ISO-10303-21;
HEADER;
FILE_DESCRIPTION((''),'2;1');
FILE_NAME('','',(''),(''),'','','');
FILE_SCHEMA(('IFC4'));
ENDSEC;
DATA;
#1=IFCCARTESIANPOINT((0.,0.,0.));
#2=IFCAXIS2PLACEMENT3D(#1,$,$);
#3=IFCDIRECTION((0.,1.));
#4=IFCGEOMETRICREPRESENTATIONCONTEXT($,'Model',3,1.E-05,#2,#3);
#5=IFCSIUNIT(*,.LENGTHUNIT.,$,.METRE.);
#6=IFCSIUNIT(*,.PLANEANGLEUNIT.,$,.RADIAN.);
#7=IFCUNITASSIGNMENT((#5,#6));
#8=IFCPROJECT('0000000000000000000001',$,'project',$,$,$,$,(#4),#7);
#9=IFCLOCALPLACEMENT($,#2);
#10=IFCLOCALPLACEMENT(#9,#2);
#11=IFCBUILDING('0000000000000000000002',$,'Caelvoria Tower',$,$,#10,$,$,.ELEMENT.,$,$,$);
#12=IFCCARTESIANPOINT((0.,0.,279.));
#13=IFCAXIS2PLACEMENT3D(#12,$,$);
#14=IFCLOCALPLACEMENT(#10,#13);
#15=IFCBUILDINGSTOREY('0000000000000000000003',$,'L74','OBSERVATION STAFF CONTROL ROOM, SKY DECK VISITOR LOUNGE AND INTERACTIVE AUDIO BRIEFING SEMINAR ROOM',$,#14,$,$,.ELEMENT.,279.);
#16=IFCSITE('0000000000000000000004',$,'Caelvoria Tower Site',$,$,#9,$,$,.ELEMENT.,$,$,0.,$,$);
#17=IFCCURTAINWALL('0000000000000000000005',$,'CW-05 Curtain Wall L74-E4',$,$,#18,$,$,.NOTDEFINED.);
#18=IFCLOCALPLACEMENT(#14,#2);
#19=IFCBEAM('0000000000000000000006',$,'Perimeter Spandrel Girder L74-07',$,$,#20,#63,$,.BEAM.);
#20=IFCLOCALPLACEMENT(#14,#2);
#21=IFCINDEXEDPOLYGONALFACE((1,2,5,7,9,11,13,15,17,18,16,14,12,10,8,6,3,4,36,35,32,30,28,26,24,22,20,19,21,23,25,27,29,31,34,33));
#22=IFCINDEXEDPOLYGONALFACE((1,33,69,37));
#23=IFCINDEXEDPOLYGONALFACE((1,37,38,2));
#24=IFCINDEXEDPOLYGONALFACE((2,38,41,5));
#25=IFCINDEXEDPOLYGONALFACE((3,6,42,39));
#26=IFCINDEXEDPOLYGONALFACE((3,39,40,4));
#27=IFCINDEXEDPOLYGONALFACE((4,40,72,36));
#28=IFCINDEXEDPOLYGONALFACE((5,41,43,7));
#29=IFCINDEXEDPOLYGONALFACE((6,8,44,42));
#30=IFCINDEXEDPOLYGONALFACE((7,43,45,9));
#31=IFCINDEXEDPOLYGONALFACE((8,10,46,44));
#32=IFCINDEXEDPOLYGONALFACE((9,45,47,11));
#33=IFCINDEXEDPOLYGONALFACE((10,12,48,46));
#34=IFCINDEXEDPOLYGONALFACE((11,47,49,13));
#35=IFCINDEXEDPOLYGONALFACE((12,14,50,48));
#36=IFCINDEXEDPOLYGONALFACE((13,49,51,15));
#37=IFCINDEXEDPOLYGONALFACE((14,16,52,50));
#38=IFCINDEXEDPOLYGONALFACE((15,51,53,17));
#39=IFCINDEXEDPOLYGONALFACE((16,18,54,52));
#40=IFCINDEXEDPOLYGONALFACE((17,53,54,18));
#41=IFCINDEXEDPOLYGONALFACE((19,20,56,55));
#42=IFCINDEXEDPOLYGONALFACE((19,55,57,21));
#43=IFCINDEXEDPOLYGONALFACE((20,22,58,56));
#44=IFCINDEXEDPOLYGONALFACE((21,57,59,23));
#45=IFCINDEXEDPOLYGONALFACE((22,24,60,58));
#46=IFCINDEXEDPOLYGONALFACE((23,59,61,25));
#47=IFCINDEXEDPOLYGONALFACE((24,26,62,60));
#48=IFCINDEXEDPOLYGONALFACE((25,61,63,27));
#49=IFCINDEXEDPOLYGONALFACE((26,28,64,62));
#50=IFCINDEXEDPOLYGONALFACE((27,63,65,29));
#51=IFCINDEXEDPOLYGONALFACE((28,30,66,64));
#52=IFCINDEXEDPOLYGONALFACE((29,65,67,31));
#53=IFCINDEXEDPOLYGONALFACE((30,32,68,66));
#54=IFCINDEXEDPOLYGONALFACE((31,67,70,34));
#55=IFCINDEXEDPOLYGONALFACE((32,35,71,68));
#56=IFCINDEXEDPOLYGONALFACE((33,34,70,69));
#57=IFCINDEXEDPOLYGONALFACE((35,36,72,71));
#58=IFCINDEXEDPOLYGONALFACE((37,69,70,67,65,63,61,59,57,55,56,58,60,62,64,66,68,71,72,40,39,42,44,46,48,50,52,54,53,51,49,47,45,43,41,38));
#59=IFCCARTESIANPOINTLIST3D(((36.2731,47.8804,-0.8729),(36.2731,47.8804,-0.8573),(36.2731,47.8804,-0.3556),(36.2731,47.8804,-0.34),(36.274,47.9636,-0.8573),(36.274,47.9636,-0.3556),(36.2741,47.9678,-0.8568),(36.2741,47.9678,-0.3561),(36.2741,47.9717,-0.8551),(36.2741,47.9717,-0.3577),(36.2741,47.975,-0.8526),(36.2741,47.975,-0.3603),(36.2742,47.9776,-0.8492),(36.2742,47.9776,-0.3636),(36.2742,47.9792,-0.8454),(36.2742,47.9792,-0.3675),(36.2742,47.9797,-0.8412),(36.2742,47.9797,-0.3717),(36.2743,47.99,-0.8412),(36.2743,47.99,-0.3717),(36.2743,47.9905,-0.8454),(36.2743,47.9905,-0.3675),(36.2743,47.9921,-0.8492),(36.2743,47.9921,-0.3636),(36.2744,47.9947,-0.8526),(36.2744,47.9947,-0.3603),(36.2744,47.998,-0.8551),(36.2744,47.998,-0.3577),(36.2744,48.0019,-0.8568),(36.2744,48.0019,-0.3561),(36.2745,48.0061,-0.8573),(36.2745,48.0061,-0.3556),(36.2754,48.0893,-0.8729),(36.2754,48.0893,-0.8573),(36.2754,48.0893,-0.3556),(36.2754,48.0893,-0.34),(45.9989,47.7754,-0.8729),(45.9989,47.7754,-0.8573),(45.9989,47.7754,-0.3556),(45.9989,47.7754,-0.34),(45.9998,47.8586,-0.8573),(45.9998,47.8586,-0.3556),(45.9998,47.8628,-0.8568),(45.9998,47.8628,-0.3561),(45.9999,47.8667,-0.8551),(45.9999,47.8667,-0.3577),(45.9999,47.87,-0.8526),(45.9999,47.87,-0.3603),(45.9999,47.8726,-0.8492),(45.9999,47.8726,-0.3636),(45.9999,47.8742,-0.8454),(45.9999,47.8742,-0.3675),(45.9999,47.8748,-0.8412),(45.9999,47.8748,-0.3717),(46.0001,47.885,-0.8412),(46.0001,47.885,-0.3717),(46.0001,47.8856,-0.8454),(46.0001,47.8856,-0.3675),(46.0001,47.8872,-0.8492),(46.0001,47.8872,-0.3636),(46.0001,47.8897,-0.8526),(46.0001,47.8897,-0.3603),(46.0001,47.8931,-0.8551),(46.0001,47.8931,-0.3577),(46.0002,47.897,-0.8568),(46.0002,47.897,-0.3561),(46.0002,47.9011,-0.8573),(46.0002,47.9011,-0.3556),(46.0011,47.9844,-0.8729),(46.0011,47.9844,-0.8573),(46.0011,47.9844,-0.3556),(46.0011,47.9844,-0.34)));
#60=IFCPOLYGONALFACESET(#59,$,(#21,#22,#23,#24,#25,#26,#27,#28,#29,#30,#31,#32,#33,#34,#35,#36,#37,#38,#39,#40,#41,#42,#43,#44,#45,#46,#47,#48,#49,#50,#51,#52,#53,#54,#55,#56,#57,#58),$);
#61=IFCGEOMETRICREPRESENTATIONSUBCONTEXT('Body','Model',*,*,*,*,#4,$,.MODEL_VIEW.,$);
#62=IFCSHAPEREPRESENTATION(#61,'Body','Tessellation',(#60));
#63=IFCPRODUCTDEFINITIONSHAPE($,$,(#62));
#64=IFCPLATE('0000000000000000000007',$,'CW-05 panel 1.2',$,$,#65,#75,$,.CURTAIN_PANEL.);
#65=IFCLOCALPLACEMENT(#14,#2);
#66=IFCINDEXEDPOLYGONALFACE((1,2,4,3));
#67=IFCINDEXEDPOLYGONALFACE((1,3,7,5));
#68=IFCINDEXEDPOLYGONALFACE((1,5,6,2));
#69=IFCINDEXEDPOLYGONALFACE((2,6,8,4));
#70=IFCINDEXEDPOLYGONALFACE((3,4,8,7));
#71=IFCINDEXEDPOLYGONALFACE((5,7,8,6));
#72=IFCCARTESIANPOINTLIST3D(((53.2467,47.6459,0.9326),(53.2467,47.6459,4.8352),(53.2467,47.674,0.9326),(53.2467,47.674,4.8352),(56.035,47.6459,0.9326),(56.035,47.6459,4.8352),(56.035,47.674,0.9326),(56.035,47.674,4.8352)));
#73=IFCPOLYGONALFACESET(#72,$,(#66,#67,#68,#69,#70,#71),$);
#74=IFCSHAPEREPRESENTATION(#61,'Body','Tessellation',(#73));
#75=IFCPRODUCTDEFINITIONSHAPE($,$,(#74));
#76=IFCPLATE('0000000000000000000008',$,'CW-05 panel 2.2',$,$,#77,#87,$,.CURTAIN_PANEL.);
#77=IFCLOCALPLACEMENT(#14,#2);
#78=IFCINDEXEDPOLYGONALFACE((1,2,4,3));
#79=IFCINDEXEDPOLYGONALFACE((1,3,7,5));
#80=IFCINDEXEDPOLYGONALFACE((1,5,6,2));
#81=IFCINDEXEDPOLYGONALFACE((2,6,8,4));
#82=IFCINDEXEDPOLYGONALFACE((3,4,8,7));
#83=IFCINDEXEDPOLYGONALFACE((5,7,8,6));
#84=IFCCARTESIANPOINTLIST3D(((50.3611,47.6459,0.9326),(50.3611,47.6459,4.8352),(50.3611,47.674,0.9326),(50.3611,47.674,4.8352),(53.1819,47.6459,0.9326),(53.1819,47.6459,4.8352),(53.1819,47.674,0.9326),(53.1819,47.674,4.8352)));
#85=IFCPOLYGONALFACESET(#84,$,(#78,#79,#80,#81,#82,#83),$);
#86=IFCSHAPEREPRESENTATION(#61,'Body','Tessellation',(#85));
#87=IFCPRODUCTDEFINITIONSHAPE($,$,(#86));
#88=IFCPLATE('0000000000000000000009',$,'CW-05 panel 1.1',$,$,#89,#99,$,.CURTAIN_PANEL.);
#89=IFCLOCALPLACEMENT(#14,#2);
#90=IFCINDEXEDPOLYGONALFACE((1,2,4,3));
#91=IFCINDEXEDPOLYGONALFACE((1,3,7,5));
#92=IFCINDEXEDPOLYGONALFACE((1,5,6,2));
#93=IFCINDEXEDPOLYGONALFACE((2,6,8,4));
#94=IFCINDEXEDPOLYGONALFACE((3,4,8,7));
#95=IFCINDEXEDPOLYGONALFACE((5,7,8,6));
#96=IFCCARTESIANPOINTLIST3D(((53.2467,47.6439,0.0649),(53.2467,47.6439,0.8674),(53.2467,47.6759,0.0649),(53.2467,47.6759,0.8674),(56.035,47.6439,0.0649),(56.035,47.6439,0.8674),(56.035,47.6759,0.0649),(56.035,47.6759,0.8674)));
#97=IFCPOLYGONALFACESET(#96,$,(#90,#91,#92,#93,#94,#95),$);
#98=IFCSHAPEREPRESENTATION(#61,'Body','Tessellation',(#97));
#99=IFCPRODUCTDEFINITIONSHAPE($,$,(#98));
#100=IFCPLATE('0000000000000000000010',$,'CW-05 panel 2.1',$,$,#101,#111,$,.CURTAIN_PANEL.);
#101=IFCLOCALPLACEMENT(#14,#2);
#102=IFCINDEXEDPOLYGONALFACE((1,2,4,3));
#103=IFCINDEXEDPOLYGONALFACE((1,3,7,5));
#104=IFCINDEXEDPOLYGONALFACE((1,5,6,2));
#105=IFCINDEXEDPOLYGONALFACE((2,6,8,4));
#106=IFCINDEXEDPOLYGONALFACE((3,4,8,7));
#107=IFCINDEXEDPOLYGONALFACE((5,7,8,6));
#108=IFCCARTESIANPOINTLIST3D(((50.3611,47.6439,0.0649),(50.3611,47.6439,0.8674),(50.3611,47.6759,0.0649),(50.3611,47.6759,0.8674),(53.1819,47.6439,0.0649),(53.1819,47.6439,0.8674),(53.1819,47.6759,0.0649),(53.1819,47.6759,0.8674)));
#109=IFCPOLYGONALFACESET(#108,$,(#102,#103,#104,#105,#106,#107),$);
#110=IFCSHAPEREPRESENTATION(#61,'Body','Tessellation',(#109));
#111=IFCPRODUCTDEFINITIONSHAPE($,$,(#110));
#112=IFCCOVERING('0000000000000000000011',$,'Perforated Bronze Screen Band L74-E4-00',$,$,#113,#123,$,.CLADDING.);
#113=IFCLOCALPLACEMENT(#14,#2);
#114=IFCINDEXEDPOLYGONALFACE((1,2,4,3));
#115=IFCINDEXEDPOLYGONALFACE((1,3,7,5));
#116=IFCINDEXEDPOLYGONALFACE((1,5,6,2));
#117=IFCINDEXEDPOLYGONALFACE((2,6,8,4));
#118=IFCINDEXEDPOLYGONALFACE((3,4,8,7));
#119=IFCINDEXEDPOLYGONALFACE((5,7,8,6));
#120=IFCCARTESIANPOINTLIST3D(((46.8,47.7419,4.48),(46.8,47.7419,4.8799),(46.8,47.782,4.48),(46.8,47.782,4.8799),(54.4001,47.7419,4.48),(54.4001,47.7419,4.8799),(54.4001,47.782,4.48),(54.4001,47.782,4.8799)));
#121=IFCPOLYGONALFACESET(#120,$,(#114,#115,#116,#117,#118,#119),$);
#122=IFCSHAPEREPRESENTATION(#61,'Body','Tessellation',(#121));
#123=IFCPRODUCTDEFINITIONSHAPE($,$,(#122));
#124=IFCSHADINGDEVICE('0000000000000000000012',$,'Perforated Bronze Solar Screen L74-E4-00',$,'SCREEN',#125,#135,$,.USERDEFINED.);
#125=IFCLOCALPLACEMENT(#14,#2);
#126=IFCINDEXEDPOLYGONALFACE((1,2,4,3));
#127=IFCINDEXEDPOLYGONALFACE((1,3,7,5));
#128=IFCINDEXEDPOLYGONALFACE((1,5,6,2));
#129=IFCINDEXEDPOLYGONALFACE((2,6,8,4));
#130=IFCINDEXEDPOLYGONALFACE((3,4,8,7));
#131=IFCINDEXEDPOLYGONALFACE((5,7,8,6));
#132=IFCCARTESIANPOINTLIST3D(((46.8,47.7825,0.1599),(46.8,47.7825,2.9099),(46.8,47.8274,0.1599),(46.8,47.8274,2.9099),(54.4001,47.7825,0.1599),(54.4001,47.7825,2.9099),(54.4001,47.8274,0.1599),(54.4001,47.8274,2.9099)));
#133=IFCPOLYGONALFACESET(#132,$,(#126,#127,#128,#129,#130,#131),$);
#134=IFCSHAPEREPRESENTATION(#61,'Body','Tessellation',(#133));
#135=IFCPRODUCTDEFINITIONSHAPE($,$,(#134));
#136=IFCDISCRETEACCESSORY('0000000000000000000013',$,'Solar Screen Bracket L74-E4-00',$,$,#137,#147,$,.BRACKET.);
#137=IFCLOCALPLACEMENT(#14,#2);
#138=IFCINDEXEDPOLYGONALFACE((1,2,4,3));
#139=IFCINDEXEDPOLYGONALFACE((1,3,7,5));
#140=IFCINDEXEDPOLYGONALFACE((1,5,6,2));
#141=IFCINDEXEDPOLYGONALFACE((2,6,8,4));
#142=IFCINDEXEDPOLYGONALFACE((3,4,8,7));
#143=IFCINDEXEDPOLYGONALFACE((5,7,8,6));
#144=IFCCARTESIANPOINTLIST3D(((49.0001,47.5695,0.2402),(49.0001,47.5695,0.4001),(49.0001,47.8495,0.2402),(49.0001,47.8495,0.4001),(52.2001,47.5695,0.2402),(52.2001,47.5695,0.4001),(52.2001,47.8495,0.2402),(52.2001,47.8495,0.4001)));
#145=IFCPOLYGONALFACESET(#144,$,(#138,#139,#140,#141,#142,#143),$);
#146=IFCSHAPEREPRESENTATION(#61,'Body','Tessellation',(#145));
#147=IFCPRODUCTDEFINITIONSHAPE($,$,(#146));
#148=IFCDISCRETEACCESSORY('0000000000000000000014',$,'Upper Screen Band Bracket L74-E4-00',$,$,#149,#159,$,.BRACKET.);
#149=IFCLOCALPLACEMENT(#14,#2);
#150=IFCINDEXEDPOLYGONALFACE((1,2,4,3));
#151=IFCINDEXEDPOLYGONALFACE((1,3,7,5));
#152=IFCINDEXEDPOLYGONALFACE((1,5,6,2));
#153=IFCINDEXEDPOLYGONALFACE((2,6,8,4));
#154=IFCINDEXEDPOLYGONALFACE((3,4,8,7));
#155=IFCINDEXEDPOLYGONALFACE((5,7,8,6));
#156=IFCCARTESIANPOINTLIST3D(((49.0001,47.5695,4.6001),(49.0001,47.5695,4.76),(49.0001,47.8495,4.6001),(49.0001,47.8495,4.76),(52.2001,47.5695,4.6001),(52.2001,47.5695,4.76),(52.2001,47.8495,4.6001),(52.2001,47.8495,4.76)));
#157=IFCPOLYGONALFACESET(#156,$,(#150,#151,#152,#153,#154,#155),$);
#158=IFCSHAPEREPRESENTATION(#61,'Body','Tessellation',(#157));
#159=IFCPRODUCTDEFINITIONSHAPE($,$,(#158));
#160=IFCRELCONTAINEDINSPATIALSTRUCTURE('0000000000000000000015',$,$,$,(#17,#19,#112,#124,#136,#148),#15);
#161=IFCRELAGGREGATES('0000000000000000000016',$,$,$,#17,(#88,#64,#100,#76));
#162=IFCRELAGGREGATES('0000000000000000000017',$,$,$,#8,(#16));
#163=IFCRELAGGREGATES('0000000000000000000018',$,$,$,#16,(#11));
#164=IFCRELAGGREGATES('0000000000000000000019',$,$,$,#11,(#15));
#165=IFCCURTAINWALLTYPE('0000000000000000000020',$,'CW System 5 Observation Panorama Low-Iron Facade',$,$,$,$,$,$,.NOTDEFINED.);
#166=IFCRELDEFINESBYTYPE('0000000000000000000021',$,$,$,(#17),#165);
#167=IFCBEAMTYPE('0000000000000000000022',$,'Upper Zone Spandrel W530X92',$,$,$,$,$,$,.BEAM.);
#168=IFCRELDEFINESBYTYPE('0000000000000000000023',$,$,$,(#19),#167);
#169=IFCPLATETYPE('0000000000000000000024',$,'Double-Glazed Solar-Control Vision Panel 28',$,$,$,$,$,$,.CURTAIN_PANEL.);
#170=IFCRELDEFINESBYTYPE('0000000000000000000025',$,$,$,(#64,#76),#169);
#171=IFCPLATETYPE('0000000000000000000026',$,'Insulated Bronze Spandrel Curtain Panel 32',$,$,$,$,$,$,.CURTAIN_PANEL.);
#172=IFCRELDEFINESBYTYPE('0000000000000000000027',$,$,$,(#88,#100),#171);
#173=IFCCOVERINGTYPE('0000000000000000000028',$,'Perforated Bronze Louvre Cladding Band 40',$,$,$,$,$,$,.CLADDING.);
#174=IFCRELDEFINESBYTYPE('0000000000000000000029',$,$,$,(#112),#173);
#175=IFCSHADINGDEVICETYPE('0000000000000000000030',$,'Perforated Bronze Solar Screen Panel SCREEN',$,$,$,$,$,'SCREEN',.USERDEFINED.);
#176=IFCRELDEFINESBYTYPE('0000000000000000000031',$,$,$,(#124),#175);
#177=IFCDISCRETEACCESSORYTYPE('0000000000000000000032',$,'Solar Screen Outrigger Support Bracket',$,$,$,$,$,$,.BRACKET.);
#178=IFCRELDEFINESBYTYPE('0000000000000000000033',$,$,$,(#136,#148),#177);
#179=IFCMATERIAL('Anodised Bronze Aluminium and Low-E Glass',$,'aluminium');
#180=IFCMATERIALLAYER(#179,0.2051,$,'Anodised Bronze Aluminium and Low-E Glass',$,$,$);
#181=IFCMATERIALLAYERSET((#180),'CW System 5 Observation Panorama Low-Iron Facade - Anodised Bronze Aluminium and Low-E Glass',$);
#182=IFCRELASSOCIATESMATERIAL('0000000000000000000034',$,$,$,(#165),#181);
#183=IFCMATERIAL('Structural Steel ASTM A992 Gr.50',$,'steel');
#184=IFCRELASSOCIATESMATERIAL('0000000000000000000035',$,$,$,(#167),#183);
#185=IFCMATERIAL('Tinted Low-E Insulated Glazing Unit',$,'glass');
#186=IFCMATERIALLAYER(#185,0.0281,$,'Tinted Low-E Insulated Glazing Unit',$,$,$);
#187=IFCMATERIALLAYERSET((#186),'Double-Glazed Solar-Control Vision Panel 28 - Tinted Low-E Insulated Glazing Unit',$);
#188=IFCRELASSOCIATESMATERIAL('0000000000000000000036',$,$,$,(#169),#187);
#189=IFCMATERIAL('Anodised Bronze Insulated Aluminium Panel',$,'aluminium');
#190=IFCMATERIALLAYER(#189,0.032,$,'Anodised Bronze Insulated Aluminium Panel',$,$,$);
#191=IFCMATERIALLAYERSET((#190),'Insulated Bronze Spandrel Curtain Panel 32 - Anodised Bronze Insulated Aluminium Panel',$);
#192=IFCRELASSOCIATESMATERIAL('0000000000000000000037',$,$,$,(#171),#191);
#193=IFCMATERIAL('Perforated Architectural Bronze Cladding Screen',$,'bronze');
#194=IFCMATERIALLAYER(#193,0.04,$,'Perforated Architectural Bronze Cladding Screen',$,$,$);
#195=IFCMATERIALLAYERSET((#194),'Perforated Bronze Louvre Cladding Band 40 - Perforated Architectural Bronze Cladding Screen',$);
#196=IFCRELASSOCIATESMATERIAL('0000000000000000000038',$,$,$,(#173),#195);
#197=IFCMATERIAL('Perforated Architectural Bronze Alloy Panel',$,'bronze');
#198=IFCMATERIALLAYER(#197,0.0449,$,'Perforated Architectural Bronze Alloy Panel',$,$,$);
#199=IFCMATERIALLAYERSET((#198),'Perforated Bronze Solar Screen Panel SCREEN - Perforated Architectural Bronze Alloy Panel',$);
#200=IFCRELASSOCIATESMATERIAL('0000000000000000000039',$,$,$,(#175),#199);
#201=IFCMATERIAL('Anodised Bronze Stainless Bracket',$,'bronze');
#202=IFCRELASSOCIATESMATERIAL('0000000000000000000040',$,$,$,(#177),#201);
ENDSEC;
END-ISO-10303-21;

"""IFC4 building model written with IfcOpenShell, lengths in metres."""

from ifc_helpers import new_model, si_unit, direction, frame, origin, origin_2d, place, context, subcontext, project, spatial, rectangle, i_section, extrude, material, layer, layer_set, material_profile, profile_set, type_object, element, aggregate, save


model = new_model("IFC4")

# Units and contexts
model_context = context("Model", 3, precision=1e-05, world=origin(), true_north=direction((0.0, 1.0)))
body_context = subcontext(model_context, "Body", "Model", "MODEL_VIEW")
ifc_project = project(units=[si_unit("LENGTHUNIT", "METRE"), si_unit("PLANEANGLEUNIT", "RADIAN")], contexts=[model_context])

# Site, building, storey
site_placement = place(None, origin())
site = spatial("IfcSite", under=ifc_project, at=site_placement, Name="Caelvoria Tower Site", CompositionType="ELEMENT", RefElevation=0.0)
building_placement = place(site_placement, origin())
building = spatial("IfcBuilding", under=site, at=building_placement, Name="Caelvoria Tower", CompositionType="ELEMENT")
storey_placement = place(building_placement, frame((0.0, 0.0, 279.0)))
storey = spatial("IfcBuildingStorey", under=building, at=storey_placement, Name="L74", Description="OBSERVATION STAFF CONTROL ROOM, SKY DECK VISITOR LOUNGE AND INTERACTIVE AUDIO BRIEFING SEMINAR ROOM", CompositionType="ELEMENT", Elevation=279.0)

# Shared definitions
ifc_material_1 = material(Name="Structural Steel ASTM A992 Gr.50", Category="steel")

# Shared definitions
ifc_material_2 = material(Name="Anodised Bronze Aluminium and Low-E Glass", Category="aluminium")
ifc_layer_1 = layer(ifc_material_2, 0.2051, Name="Anodised Bronze Aluminium and Low-E Glass")
ifc_layer_set_1 = layer_set([ifc_layer_1], Name="CW System 5 Observation Panorama Low-Iron Facade - Anodised Bronze Aluminium and Low-E Glass")
curtain_wall_type = type_object("IfcCurtainWallType", Name="CW System 5 Observation Panorama Low-Iron Facade", PredefinedType="NOTDEFINED", material=ifc_layer_set_1)

# Curtain wall
curtain_wall_1_placement = place(storey_placement, origin())
curtain_wall_1 = element("IfcCurtainWall", 1, at=curtain_wall_1_placement, inside=storey, type_object=curtain_wall_type, Name="CW-05 Curtain Wall L74-E4", PredefinedType="NOTDEFINED")

# Beam
ifc_material_profile_1 = material_profile(ifc_material_1, i_section(OverallWidth=0.209, OverallDepth=0.533, WebThickness=0.0103, FlangeThickness=0.0156, FilletRadius=0.0161, at=origin_2d()), Name="Structural Steel ASTM A992 Gr.50")
ifc_profile_set_1 = profile_set([ifc_material_profile_1], Name="W530X92 - Structural Steel ASTM A992 Gr.50")
beam_type = type_object("IfcBeamType", Name="Upper Zone Spandrel W530X92", PredefinedType="BEAM", material=ifc_profile_set_1)
for number, where, z_axis, x_axis, name in (
    (2, (46.0, 47.8799, -0.6064), (-0.999942, 0.010793, 0.0), (-0.010793, -0.999942, 0.0), "Perimeter Spandrel Girder L74-07"),
):
    element("IfcBeam", number, at=place(storey_placement, frame(where, z_axis=z_axis, x_axis=x_axis)), inside=storey, type_object=beam_type, Name=name, PredefinedType="BEAM", context=body_context, shape_type="SweptSolid", body=[
        extrude(i_section(OverallWidth=0.209, OverallDepth=0.533, WebThickness=0.0103, FlangeThickness=0.0156, FilletRadius=0.0161, at=origin_2d()), origin(), (0.0, 0.0, 1.0), 9.7263),
    ])

# Plates
ifc_material_3 = material(Name="Tinted Low-E Insulated Glazing Unit", Category="glass")
ifc_layer_2 = layer(ifc_material_3, 0.0281, Name="Tinted Low-E Insulated Glazing Unit")
ifc_layer_set_2 = layer_set([ifc_layer_2], Name="Double-Glazed Solar-Control Vision Panel 28 - Tinted Low-E Insulated Glazing Unit")
plate_type_1 = type_object("IfcPlateType", Name="Double-Glazed Solar-Control Vision Panel 28", PredefinedType="CURTAIN_PANEL", material=ifc_layer_set_2)
plate_1_placement = place(storey_placement, frame((54.6409, 47.6599, 0.9326), z_axis=(0.0, 0.0, 1.0), x_axis=(-1.0, 0.0, 0.0)))
plate_1 = element("IfcPlate", 3, at=plate_1_placement, type_object=plate_type_1, Name="CW-05 panel 1.2", PredefinedType="CURTAIN_PANEL", context=body_context, shape_type="SweptSolid", body=[
    extrude(rectangle(XDim=2.7883, YDim=0.0281, at=origin_2d()), origin(), (0.0, 0.0, 1.0), 3.9026),
])
plate_2_placement = place(storey_placement, frame((51.7715, 47.6599, 0.9326), z_axis=(0.0, 0.0, 1.0), x_axis=(-1.0, 0.0, 0.0)))
plate_2 = element("IfcPlate", 4, at=plate_2_placement, type_object=plate_type_1, Name="CW-05 panel 2.2", PredefinedType="CURTAIN_PANEL", context=body_context, shape_type="SweptSolid", body=[
    extrude(rectangle(XDim=2.8208, YDim=0.0281, at=origin_2d()), origin(), (0.0, 0.0, 1.0), 3.9026),
])
ifc_material_4 = material(Name="Anodised Bronze Insulated Aluminium Panel", Category="aluminium")
ifc_layer_3 = layer(ifc_material_4, 0.032, Name="Anodised Bronze Insulated Aluminium Panel")
ifc_layer_set_3 = layer_set([ifc_layer_3], Name="Insulated Bronze Spandrel Curtain Panel 32 - Anodised Bronze Insulated Aluminium Panel")
plate_type_2 = type_object("IfcPlateType", Name="Insulated Bronze Spandrel Curtain Panel 32", PredefinedType="CURTAIN_PANEL", material=ifc_layer_set_3)
plate_3_placement = place(storey_placement, frame((54.6409, 47.6599, 0.0649), z_axis=(0.0, 0.0, 1.0), x_axis=(-1.0, 0.0, 0.0)))
plate_3 = element("IfcPlate", 5, at=plate_3_placement, type_object=plate_type_2, Name="CW-05 panel 1.1", PredefinedType="CURTAIN_PANEL", context=body_context, shape_type="SweptSolid", body=[
    extrude(rectangle(XDim=2.7883, YDim=0.032, at=origin_2d()), origin(), (0.0, 0.0, 1.0), 0.8025),
])
plate_4_placement = place(storey_placement, frame((51.7715, 47.6599, 0.0649), z_axis=(0.0, 0.0, 1.0), x_axis=(-1.0, 0.0, 0.0)))
plate_4 = element("IfcPlate", 6, at=plate_4_placement, type_object=plate_type_2, Name="CW-05 panel 2.1", PredefinedType="CURTAIN_PANEL", context=body_context, shape_type="SweptSolid", body=[
    extrude(rectangle(XDim=2.8208, YDim=0.032, at=origin_2d()), origin(), (0.0, 0.0, 1.0), 0.8025),
])
aggregate(curtain_wall_1, [plate_3, plate_1, plate_4, plate_2])

# Covering
ifc_material_5 = material(Name="Perforated Architectural Bronze Cladding Screen", Category="bronze")
ifc_layer_4 = layer(ifc_material_5, 0.04, Name="Perforated Architectural Bronze Cladding Screen")
ifc_layer_set_4 = layer_set([ifc_layer_4], Name="Perforated Bronze Louvre Cladding Band 40 - Perforated Architectural Bronze Cladding Screen")
covering_type = type_object("IfcCoveringType", Name="Perforated Bronze Louvre Cladding Band 40", PredefinedType="CLADDING", material=ifc_layer_set_4)
covering_placement = place(storey_placement, frame((50.6001, 47.762, 4.48), z_axis=(0.0, 0.0, 1.0), x_axis=(-1.0, 0.0, 0.0)))
element("IfcCovering", 7, at=covering_placement, inside=storey, type_object=covering_type, Name="Perforated Bronze Screen Band L74-E4-00", PredefinedType="CLADDING", context=body_context, shape_type="SweptSolid", body=[
    extrude(rectangle(XDim=7.6001, YDim=0.04, at=origin_2d()), origin(), (0.0, 0.0, 1.0), 0.3999),
])

# Shading device
ifc_material_6 = material(Name="Perforated Architectural Bronze Alloy Panel", Category="bronze")
ifc_layer_5 = layer(ifc_material_6, 0.0449, Name="Perforated Architectural Bronze Alloy Panel")
ifc_layer_set_5 = layer_set([ifc_layer_5], Name="Perforated Bronze Solar Screen Panel SCREEN - Perforated Architectural Bronze Alloy Panel")
shading_device_type = type_object("IfcShadingDeviceType", Name="Perforated Bronze Solar Screen Panel SCREEN", ElementType="SCREEN", PredefinedType="USERDEFINED", material=ifc_layer_set_5)
shading_device_placement = place(storey_placement, frame((50.6001, 47.8049, 0.1599), z_axis=(0.0, 0.0, 1.0), x_axis=(-1.0, 0.0, 0.0)))
element("IfcShadingDevice", 8, at=shading_device_placement, inside=storey, type_object=shading_device_type, Name="Perforated Bronze Solar Screen L74-E4-00", ObjectType="SCREEN", PredefinedType="USERDEFINED", context=body_context, shape_type="SweptSolid", body=[
    extrude(rectangle(XDim=7.6001, YDim=0.0449, at=origin_2d()), origin(), (0.0, 0.0, 1.0), 2.75),
])

# Discrete accessories
ifc_material_7 = material(Name="Anodised Bronze Stainless Bracket", Category="bronze")
discrete_accessory_type = type_object("IfcDiscreteAccessoryType", Name="Solar Screen Outrigger Support Bracket", PredefinedType="BRACKET", material=ifc_material_7)
for number, where, z_axis, x_axis, name in (
    (9, (50.6001, 47.7095, 0.2402), (0.0, 0.0, 1.0), (-1.0, 0.0, 0.0), "Solar Screen Bracket L74-E4-00"),
    (10, (50.6001, 47.7095, 4.6001), (0.0, 0.0, 1.0), (-1.0, 0.0, 0.0), "Upper Screen Band Bracket L74-E4-00"),
):
    element("IfcDiscreteAccessory", number, at=place(storey_placement, frame(where, z_axis=z_axis, x_axis=x_axis)), inside=storey, type_object=discrete_accessory_type, Name=name, PredefinedType="BRACKET", context=body_context, shape_type="SweptSolid", body=[
        extrude(rectangle(XDim=3.2, YDim=0.28, at=origin_2d()), origin(), (0.0, 0.0, 1.0), 0.1599),
    ])

save(model, "model.ifc")
